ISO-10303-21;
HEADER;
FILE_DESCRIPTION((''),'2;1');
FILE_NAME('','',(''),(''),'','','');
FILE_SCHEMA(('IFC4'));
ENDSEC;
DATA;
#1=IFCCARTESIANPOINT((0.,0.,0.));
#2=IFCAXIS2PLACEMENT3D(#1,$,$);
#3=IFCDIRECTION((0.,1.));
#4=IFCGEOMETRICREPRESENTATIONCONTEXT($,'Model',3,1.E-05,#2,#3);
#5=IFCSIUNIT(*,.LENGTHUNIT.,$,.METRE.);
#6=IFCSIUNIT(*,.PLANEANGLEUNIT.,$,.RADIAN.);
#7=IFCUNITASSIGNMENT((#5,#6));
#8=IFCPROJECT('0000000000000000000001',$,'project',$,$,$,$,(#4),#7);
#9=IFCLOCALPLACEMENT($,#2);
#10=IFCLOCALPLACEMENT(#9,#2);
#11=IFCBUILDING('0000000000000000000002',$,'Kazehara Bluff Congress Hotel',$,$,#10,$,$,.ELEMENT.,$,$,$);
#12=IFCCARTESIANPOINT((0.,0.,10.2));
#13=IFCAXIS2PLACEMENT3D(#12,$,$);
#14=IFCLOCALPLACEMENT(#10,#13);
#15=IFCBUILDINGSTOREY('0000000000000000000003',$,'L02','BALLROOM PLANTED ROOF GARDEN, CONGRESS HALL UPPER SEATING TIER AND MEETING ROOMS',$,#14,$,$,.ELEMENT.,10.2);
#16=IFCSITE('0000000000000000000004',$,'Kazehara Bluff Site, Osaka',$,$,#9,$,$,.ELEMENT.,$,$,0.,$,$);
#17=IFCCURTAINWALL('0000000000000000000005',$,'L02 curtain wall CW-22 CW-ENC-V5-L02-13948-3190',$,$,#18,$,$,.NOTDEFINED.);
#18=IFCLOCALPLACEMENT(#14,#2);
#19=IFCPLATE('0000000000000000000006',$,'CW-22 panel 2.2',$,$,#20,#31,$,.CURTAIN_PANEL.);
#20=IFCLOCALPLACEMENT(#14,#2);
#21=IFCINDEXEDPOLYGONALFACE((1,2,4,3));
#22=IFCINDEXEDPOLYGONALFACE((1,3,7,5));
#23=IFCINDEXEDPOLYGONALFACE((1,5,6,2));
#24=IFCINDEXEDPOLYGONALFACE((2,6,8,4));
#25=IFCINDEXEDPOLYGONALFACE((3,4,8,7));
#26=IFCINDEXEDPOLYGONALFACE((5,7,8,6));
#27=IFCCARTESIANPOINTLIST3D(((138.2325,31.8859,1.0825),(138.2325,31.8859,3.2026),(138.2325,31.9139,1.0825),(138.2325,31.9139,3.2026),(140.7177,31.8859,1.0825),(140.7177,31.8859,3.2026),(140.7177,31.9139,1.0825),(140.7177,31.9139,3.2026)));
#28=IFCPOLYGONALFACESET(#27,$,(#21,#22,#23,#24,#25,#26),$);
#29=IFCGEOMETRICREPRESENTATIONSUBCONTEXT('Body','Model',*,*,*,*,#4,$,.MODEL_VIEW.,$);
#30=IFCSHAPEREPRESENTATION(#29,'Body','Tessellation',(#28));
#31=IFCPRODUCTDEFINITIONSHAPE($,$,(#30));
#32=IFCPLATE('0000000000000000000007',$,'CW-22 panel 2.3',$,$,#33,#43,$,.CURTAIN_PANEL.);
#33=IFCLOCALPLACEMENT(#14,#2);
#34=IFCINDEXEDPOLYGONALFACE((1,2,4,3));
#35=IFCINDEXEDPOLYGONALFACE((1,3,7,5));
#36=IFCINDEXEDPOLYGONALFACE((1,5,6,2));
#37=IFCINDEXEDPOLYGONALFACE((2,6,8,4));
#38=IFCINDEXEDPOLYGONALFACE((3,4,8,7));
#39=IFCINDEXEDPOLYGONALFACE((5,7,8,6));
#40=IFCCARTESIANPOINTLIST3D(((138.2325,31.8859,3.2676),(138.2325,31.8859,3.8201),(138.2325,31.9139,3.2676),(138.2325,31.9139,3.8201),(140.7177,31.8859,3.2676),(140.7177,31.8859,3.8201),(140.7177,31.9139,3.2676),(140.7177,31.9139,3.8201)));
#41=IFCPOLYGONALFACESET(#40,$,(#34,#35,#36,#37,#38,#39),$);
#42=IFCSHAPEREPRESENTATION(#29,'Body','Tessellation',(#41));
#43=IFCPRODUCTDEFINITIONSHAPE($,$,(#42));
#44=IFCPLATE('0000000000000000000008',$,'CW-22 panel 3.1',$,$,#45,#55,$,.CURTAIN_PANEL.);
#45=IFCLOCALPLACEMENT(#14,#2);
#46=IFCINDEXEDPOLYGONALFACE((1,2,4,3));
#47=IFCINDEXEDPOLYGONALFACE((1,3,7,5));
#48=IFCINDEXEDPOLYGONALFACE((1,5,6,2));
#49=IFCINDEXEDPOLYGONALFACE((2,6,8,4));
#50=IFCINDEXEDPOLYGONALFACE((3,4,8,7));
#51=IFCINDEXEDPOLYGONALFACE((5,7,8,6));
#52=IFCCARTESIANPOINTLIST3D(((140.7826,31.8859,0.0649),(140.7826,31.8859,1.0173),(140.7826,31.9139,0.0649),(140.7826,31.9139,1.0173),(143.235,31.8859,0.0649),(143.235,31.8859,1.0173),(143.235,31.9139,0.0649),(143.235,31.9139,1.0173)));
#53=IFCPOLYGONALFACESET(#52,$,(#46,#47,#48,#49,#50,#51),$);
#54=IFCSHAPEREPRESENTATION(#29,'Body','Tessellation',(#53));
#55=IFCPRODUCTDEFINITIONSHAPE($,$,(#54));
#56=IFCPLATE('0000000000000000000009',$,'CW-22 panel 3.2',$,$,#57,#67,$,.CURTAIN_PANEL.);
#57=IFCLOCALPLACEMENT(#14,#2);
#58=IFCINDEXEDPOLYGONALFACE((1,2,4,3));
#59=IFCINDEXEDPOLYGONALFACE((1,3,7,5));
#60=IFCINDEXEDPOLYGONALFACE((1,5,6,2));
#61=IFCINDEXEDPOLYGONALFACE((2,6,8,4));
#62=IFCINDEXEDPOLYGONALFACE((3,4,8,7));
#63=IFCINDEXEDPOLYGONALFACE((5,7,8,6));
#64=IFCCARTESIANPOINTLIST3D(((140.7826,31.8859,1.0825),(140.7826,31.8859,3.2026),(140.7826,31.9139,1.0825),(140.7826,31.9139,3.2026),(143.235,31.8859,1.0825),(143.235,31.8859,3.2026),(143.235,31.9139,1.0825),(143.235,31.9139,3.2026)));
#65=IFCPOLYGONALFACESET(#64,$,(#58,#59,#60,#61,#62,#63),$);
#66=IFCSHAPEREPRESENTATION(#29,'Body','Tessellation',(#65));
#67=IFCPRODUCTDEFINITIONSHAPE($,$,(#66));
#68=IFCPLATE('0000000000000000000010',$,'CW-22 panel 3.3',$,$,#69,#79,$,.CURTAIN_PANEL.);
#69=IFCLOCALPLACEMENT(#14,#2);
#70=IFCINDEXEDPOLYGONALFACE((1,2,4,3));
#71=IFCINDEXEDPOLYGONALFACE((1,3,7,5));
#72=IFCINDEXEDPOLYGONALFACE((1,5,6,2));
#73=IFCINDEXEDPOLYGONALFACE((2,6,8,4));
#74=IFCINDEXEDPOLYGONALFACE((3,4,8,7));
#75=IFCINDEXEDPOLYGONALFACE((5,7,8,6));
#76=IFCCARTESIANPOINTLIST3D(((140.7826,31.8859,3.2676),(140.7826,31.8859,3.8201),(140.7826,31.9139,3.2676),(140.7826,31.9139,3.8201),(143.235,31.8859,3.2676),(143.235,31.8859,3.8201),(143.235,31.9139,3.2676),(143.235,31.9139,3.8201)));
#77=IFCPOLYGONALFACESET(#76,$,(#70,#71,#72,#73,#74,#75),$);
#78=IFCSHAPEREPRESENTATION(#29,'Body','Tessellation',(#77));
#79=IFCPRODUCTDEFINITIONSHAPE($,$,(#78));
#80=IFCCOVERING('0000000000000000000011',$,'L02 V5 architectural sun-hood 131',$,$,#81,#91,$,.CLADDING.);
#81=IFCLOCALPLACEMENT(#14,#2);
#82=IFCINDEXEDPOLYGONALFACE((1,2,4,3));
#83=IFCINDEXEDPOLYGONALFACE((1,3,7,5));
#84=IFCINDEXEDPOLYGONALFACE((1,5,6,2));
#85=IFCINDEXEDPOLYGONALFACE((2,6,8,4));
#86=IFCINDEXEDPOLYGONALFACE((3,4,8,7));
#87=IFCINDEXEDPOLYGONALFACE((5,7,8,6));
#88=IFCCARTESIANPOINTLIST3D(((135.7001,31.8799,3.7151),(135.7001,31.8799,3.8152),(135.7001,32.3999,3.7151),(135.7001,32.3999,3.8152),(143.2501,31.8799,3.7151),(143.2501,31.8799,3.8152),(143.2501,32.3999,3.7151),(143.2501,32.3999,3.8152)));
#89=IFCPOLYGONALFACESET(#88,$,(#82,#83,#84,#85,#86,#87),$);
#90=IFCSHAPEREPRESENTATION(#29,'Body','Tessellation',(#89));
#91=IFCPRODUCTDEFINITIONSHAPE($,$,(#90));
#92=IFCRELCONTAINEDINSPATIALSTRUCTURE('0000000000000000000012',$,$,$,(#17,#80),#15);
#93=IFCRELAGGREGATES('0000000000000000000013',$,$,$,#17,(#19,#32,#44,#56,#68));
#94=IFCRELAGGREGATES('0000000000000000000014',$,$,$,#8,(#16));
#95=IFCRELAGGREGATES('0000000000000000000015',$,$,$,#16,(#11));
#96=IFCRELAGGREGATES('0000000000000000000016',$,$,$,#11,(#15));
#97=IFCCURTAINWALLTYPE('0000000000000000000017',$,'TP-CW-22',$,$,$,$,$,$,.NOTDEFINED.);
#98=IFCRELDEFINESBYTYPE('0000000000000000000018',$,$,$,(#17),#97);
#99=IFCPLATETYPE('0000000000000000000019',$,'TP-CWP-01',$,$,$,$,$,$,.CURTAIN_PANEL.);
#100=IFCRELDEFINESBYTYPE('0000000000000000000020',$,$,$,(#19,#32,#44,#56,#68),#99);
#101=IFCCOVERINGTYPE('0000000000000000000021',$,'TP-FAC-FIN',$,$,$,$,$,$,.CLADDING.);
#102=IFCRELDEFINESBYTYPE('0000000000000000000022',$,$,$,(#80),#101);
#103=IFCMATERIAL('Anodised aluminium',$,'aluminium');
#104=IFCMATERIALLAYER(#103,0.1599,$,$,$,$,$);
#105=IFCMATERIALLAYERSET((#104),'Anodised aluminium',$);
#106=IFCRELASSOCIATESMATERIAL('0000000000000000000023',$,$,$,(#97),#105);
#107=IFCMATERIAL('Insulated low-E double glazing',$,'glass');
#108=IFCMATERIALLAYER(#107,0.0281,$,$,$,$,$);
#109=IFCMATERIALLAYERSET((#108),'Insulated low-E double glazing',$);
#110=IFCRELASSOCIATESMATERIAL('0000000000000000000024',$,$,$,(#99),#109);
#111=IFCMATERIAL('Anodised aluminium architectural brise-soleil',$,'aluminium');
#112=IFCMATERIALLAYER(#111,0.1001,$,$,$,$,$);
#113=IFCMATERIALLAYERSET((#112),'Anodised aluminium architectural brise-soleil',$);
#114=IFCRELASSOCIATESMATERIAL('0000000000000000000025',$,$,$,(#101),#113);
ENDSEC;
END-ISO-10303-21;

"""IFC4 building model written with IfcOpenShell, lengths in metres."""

from ifc_helpers import new_model, si_unit, direction, frame, origin, origin_2d, place, context, subcontext, project, spatial, rectangle, extrude, material, layer, layer_set, type_object, element, aggregate, save


model = new_model("IFC4")

# Units and contexts
model_context = context("Model", 3, precision=1e-05, world=origin(), true_north=direction((0.0, 1.0)))
body_context = subcontext(model_context, "Body", "Model", "MODEL_VIEW")
ifc_project = project(units=[si_unit("LENGTHUNIT", "METRE"), si_unit("PLANEANGLEUNIT", "RADIAN")], contexts=[model_context])

# Site, building, storey
site_placement = place(None, origin())
site = spatial("IfcSite", under=ifc_project, at=site_placement, Name="Kazehara Bluff Site, Osaka", CompositionType="ELEMENT", RefElevation=0.0)
building_placement = place(site_placement, origin())
building = spatial("IfcBuilding", under=site, at=building_placement, Name="Kazehara Bluff Congress Hotel", CompositionType="ELEMENT")
storey_placement = place(building_placement, frame((0.0, 0.0, 10.2)))
storey = spatial("IfcBuildingStorey", under=building, at=storey_placement, Name="L02", Description="BALLROOM PLANTED ROOF GARDEN, CONGRESS HALL UPPER SEATING TIER AND MEETING ROOMS", CompositionType="ELEMENT", Elevation=10.2)

# Shared definitions
ifc_material_1 = material(Name="Anodised aluminium", Category="aluminium")
ifc_layer_1 = layer(ifc_material_1, 0.1599)
ifc_layer_set_1 = layer_set([ifc_layer_1], Name="Anodised aluminium")
curtain_wall_type = type_object("IfcCurtainWallType", Name="TP-CW-22", PredefinedType="NOTDEFINED", material=ifc_layer_set_1)

# Curtain wall, plates
curtain_wall_1_placement = place(storey_placement, origin())
curtain_wall_1 = element("IfcCurtainWall", 1, at=curtain_wall_1_placement, inside=storey, type_object=curtain_wall_type, Name="L02 curtain wall CW-22 CW-ENC-V5-L02-13948-3190", PredefinedType="NOTDEFINED")
ifc_material_2 = material(Name="Insulated low-E double glazing", Category="glass")
ifc_layer_2 = layer(ifc_material_2, 0.0281)
ifc_layer_set_2 = layer_set([ifc_layer_2], Name="Insulated low-E double glazing")
plate_type = type_object("IfcPlateType", Name="TP-CWP-01", PredefinedType="CURTAIN_PANEL", material=ifc_layer_set_2)
plate_1_placement = place(storey_placement, frame((139.4751, 31.8999, 1.0825), z_axis=(0.0, 0.0, 1.0), x_axis=(1.0, 0.0, 0.0)))
plate_1 = element("IfcPlate", 2, at=plate_1_placement, type_object=plate_type, Name="CW-22 panel 2.2", PredefinedType="CURTAIN_PANEL", context=body_context, shape_type="SweptSolid", body=[
    extrude(rectangle(XDim=2.4851, YDim=0.0281, at=origin_2d()), origin(), (0.0, 0.0, 1.0), 2.1201),
])
plate_2_placement = place(storey_placement, frame((139.4751, 31.8999, 3.2676), z_axis=(0.0, 0.0, 1.0), x_axis=(1.0, 0.0, 0.0)))
plate_2 = element("IfcPlate", 3, at=plate_2_placement, type_object=plate_type, Name="CW-22 panel 2.3", PredefinedType="CURTAIN_PANEL", context=body_context, shape_type="SweptSolid", body=[
    extrude(rectangle(XDim=2.4851, YDim=0.0281, at=origin_2d()), origin(), (0.0, 0.0, 1.0), 0.5525),
])
plate_3_placement = place(storey_placement, frame((142.0088, 31.8999, 0.0649), z_axis=(0.0, 0.0, 1.0), x_axis=(1.0, 0.0, 0.0)))
plate_3 = element("IfcPlate", 4, at=plate_3_placement, type_object=plate_type, Name="CW-22 panel 3.1", PredefinedType="CURTAIN_PANEL", context=body_context, shape_type="SweptSolid", body=[
    extrude(rectangle(XDim=2.4524, YDim=0.0281, at=origin_2d()), origin(), (0.0, 0.0, 1.0), 0.9524),
])
plate_4_placement = place(storey_placement, frame((142.0088, 31.8999, 1.0825), z_axis=(0.0, 0.0, 1.0), x_axis=(1.0, 0.0, 0.0)))
plate_4 = element("IfcPlate", 5, at=plate_4_placement, type_object=plate_type, Name="CW-22 panel 3.2", PredefinedType="CURTAIN_PANEL", context=body_context, shape_type="SweptSolid", body=[
    extrude(rectangle(XDim=2.4524, YDim=0.0281, at=origin_2d()), origin(), (0.0, 0.0, 1.0), 2.1201),
])
plate_5_placement = place(storey_placement, frame((142.0088, 31.8999, 3.2676), z_axis=(0.0, 0.0, 1.0), x_axis=(1.0, 0.0, 0.0)))
plate_5 = element("IfcPlate", 6, at=plate_5_placement, type_object=plate_type, Name="CW-22 panel 3.3", PredefinedType="CURTAIN_PANEL", context=body_context, shape_type="SweptSolid", body=[
    extrude(rectangle(XDim=2.4524, YDim=0.0281, at=origin_2d()), origin(), (0.0, 0.0, 1.0), 0.5525),
])
aggregate(curtain_wall_1, [plate_1, plate_2, plate_3, plate_4, plate_5])

# Covering
ifc_material_3 = material(Name="Anodised aluminium architectural brise-soleil", Category="aluminium")
ifc_layer_3 = layer(ifc_material_3, 0.1001)
ifc_layer_set_3 = layer_set([ifc_layer_3], Name="Anodised aluminium architectural brise-soleil")
covering_type = type_object("IfcCoveringType", Name="TP-FAC-FIN", PredefinedType="CLADDING", material=ifc_layer_set_3)
covering_placement = place(storey_placement, frame((139.4751, 32.1399, 3.7151), z_axis=(0.0, 0.0, 1.0), x_axis=(1.0, 0.0, 0.0)))
element("IfcCovering", 7, at=covering_placement, inside=storey, type_object=covering_type, Name="L02 V5 architectural sun-hood 131", PredefinedType="CLADDING", context=body_context, shape_type="SweptSolid", body=[
    extrude(rectangle(XDim=7.55, YDim=0.52, at=origin_2d()), origin(), (0.0, 0.0, 1.0), 0.1001),
])

save(model, "model.ifc")
